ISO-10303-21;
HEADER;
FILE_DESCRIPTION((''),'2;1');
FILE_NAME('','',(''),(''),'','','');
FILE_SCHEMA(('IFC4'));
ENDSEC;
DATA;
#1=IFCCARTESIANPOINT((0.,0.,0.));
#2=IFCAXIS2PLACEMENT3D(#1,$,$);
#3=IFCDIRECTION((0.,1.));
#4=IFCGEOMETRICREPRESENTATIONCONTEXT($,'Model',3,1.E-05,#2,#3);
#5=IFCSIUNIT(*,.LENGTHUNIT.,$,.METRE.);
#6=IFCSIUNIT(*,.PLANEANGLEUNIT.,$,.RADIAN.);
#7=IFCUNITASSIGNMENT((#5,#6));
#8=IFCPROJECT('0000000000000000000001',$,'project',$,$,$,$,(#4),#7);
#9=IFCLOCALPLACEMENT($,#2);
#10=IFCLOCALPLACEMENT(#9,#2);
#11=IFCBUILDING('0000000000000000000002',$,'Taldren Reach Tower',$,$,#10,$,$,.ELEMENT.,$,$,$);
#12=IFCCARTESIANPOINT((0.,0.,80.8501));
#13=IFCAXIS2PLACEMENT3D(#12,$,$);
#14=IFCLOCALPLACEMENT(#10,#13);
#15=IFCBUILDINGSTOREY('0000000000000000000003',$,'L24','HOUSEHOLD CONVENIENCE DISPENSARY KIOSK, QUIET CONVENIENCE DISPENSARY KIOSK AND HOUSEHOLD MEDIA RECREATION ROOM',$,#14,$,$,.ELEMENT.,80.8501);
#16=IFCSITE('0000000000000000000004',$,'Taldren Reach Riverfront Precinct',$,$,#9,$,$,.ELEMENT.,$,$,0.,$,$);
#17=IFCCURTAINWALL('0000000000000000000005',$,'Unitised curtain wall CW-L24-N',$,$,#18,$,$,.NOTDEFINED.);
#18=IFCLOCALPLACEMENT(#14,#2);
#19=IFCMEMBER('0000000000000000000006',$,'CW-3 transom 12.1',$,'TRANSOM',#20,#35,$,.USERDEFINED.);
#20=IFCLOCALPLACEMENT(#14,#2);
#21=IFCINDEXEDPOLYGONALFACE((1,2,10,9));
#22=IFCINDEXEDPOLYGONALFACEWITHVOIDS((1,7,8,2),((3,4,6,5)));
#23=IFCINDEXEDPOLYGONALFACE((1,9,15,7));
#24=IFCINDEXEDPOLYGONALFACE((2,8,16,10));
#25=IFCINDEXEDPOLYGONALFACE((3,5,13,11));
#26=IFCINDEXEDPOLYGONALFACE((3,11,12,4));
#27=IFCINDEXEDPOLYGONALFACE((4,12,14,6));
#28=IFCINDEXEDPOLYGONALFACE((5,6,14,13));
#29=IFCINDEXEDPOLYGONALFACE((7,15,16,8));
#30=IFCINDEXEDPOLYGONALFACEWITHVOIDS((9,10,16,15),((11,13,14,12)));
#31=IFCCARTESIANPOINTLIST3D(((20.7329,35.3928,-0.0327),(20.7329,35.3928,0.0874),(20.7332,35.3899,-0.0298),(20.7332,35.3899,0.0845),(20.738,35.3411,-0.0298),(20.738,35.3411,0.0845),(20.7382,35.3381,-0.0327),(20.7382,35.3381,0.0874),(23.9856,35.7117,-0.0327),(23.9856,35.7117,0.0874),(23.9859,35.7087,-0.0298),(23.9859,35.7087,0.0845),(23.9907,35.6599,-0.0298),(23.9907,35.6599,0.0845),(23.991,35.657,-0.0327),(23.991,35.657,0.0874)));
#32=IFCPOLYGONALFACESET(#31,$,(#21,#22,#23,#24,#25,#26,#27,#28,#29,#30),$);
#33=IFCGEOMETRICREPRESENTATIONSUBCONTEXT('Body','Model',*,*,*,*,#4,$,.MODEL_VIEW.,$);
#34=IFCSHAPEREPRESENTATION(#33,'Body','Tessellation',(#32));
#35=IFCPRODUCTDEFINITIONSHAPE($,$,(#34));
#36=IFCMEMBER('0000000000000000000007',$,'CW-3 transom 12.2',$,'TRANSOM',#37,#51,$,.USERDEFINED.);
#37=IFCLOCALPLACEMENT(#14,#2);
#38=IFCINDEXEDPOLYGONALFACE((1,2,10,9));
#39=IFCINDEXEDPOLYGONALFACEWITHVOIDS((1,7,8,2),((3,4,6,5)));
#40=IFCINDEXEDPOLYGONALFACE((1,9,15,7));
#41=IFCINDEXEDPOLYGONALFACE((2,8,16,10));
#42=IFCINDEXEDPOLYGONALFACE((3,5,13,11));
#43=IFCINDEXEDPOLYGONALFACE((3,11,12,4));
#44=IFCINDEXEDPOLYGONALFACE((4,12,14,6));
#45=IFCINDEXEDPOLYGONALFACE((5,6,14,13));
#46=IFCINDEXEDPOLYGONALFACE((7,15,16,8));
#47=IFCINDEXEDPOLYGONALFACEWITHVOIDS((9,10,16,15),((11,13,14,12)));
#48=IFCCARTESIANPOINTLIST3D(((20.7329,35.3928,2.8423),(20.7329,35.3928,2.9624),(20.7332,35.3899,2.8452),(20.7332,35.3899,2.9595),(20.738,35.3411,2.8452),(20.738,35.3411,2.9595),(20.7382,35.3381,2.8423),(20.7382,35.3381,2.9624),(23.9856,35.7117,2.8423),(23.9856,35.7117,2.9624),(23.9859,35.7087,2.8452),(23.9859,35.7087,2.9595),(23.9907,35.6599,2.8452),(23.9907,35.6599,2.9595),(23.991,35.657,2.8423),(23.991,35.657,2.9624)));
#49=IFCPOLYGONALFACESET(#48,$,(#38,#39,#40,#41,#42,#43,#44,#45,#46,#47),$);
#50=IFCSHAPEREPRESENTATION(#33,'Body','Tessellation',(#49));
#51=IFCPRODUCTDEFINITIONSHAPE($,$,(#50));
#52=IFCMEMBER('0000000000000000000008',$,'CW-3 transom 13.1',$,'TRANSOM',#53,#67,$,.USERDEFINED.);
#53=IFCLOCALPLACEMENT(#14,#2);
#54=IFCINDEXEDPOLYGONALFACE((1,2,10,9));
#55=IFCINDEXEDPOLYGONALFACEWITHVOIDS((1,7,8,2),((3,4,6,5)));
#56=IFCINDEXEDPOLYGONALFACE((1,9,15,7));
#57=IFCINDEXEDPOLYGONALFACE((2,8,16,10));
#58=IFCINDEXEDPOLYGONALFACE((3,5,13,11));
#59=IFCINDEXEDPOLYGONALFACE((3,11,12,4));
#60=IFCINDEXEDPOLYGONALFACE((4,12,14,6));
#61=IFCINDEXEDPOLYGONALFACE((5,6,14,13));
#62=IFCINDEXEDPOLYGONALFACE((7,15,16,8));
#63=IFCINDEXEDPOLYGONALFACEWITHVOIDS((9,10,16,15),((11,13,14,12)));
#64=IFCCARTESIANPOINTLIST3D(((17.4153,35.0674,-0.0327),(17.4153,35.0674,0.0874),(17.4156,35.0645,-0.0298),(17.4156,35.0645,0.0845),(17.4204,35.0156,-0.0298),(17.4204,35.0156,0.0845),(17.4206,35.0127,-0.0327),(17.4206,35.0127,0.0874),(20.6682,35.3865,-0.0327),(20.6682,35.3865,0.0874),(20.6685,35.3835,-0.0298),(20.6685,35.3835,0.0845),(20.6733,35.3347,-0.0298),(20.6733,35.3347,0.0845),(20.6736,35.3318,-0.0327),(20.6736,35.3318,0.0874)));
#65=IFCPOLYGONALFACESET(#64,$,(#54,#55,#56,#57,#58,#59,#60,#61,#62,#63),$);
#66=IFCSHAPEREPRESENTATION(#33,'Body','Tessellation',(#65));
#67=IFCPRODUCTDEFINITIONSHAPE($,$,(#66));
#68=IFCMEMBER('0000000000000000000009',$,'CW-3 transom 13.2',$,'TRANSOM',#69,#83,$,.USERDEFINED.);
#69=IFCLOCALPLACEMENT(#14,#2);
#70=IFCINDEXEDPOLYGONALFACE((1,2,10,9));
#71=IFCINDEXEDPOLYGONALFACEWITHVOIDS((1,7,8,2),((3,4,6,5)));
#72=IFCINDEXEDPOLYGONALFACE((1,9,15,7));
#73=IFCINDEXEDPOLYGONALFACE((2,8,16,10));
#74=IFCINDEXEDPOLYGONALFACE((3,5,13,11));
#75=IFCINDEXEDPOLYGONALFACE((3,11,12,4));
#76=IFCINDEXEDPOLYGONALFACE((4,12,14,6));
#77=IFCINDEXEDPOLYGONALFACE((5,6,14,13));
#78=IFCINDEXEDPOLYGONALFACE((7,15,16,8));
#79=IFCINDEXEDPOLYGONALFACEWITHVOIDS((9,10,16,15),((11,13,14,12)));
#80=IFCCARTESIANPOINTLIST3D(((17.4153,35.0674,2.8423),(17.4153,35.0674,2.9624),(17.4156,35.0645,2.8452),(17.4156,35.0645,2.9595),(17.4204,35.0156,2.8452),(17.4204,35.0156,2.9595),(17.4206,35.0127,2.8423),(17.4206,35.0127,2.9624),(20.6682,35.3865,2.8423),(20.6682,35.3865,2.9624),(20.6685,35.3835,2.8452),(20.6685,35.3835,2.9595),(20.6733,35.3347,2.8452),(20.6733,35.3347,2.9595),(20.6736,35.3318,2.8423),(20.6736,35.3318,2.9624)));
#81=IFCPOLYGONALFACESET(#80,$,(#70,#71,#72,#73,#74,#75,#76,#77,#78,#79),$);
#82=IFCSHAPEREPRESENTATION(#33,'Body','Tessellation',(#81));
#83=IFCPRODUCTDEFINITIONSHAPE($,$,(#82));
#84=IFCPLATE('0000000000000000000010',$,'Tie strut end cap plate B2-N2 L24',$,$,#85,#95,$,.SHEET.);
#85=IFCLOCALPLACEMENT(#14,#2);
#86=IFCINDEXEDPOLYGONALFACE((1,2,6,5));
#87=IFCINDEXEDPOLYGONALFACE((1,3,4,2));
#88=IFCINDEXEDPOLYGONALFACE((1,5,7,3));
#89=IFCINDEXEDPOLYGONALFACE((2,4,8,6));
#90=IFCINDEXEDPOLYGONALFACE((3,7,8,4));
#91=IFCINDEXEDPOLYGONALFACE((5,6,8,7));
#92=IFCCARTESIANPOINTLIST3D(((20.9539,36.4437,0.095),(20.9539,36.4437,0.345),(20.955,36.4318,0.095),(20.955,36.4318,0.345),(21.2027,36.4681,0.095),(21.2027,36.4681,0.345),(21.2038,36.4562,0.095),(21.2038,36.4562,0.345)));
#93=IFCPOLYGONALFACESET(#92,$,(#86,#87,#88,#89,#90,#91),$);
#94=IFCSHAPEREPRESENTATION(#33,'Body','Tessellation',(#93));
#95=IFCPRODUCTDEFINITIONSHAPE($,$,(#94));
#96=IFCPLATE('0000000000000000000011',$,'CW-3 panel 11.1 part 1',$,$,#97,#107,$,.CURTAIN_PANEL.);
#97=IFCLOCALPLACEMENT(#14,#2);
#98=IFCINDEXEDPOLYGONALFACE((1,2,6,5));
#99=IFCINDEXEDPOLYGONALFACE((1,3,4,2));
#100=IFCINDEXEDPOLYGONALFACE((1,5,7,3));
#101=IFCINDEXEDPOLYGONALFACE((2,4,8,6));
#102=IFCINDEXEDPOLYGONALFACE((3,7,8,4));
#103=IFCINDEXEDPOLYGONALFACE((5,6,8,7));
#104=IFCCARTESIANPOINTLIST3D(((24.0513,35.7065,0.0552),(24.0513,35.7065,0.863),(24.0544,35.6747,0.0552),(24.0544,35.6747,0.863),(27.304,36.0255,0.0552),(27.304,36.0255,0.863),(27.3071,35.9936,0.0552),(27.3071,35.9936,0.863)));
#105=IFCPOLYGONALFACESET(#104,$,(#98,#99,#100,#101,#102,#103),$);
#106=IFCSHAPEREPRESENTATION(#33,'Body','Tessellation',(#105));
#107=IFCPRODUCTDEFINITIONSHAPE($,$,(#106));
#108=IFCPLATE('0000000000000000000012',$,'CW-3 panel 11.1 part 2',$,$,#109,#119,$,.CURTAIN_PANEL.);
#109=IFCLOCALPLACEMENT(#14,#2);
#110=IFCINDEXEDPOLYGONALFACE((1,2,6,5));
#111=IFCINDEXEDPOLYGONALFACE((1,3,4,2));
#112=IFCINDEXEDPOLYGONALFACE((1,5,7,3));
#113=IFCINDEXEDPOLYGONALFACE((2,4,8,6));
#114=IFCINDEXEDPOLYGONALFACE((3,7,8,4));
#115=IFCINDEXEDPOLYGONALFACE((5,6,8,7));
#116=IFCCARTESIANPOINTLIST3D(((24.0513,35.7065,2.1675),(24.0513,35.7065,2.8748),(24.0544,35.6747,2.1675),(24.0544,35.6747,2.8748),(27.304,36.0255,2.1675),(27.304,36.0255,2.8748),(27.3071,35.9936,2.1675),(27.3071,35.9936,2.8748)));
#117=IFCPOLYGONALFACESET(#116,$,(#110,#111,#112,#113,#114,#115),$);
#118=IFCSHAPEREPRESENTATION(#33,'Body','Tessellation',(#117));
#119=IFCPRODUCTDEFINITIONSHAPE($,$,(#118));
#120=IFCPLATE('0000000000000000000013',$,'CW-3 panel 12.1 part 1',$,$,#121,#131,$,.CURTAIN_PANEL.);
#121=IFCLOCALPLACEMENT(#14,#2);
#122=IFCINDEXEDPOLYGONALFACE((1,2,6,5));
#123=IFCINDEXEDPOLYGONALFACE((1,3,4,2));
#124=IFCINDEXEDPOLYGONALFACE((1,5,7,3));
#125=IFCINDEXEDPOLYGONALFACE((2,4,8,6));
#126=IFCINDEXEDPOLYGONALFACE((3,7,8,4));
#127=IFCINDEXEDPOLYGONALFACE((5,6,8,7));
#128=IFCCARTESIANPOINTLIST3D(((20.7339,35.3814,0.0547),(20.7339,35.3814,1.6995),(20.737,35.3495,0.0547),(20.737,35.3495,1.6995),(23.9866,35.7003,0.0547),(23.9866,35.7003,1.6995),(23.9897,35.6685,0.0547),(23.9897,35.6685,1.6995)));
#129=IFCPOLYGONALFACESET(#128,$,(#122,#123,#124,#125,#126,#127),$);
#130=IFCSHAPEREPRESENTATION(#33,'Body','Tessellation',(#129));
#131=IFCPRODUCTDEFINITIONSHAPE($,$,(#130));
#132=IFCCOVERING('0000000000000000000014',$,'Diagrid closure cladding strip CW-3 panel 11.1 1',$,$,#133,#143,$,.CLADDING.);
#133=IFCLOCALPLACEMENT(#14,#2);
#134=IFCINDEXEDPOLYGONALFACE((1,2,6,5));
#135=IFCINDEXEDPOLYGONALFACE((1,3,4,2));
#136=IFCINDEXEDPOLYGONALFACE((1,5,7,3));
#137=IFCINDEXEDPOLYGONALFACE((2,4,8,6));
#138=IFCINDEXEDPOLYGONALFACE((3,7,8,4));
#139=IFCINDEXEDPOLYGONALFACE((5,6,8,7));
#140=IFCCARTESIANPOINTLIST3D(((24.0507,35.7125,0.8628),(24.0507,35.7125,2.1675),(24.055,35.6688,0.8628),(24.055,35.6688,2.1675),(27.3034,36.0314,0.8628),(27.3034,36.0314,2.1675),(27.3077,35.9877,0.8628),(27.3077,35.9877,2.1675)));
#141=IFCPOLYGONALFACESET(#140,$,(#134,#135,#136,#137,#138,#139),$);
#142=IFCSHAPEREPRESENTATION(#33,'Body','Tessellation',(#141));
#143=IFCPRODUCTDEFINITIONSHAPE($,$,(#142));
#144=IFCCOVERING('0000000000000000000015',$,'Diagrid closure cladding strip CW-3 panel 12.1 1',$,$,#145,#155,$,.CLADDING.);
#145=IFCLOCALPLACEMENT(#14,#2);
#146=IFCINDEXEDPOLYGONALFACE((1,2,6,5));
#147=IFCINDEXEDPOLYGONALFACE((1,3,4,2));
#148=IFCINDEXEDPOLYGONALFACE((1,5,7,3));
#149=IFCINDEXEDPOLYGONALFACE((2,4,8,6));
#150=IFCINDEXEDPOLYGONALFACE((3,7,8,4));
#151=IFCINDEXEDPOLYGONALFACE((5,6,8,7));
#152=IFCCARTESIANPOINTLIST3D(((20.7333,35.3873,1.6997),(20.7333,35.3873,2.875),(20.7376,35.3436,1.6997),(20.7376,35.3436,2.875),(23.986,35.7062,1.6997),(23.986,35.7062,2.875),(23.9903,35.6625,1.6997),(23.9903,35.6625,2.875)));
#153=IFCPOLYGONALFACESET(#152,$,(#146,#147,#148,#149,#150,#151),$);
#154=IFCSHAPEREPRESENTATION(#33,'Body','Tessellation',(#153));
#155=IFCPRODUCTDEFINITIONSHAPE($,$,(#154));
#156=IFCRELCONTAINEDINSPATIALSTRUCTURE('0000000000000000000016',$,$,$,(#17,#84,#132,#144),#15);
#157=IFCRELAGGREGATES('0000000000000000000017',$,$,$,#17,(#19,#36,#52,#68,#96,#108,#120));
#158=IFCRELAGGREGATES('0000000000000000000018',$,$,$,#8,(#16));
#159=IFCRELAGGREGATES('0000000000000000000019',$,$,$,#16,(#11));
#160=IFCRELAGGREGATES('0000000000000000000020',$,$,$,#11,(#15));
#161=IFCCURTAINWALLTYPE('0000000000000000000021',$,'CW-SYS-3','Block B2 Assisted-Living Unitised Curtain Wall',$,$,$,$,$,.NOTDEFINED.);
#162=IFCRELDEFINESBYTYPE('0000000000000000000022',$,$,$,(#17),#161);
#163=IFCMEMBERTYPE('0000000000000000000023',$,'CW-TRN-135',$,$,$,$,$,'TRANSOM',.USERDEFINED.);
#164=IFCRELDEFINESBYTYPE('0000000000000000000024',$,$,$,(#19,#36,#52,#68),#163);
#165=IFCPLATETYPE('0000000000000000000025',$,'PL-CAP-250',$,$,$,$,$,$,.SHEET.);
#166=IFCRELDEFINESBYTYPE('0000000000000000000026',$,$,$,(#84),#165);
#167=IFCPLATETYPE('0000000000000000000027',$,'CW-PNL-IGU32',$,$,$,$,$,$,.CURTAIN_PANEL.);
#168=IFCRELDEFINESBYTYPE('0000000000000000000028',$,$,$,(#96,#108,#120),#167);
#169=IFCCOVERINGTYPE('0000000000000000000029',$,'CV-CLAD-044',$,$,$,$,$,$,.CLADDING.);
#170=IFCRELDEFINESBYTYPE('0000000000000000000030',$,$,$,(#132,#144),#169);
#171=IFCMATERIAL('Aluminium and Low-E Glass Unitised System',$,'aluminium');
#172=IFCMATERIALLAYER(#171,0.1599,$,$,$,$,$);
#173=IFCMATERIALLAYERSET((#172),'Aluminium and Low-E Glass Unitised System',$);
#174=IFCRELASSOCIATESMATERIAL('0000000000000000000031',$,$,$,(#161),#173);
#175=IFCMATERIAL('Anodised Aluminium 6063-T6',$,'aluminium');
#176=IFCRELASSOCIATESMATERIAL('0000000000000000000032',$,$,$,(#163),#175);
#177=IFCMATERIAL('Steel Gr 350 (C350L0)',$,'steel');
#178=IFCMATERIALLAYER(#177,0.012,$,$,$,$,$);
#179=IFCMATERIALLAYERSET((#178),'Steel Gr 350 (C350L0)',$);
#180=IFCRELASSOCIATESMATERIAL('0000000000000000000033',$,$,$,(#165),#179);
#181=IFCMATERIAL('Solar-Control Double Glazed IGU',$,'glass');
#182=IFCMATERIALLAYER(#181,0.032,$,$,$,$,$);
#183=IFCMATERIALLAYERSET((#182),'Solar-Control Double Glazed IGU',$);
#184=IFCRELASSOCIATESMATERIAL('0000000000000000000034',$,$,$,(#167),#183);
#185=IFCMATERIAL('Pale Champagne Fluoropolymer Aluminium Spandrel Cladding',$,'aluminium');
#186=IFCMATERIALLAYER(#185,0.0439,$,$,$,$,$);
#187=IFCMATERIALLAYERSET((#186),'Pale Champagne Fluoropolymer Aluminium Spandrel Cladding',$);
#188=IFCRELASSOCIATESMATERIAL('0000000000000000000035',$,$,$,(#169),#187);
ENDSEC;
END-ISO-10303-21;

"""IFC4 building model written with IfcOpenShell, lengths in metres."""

from ifc_helpers import new_model, si_unit, direction, frame, origin, origin_2d, place, context, subcontext, project, spatial, rectangle, hollow_rectangle, extrude, source, transform, mapped, material, layer, layer_set, material_profile, profile_set, type_object, element, aggregate, save


model = new_model("IFC4")

# Units and contexts
model_context = context("Model", 3, precision=1e-05, world=origin(), true_north=direction((0.0, 1.0)))
body_context = subcontext(model_context, "Body", "Model", "MODEL_VIEW")
ifc_project = project(units=[si_unit("LENGTHUNIT", "METRE"), si_unit("PLANEANGLEUNIT", "RADIAN")], contexts=[model_context])

# Site, building, storey
site_placement = place(None, origin())
site = spatial("IfcSite", under=ifc_project, at=site_placement, Name="Taldren Reach Riverfront Precinct", CompositionType="ELEMENT", RefElevation=0.0)
building_placement = place(site_placement, origin())
building = spatial("IfcBuilding", under=site, at=building_placement, Name="Taldren Reach Tower", CompositionType="ELEMENT")
storey_placement = place(building_placement, frame((0.0, 0.0, 80.8501)))
storey = spatial("IfcBuildingStorey", under=building, at=storey_placement, Name="L24", Description="HOUSEHOLD CONVENIENCE DISPENSARY KIOSK, QUIET CONVENIENCE DISPENSARY KIOSK AND HOUSEHOLD MEDIA RECREATION ROOM", CompositionType="ELEMENT", Elevation=80.8501)

# Shared definitions
ifc_material_1 = material(Name="Steel Gr 350 (C350L0)", Category="steel")

# Curtain wall, members
ifc_material_2 = material(Name="Aluminium and Low-E Glass Unitised System", Category="aluminium")
ifc_layer_1 = layer(ifc_material_2, 0.1599)
ifc_layer_set_1 = layer_set([ifc_layer_1], Name="Aluminium and Low-E Glass Unitised System")
curtain_wall_type = type_object("IfcCurtainWallType", Name="CW-SYS-3", Description="Block B2 Assisted-Living Unitised Curtain Wall", PredefinedType="NOTDEFINED", material=ifc_layer_set_1)
curtain_wall_placement = place(storey_placement, origin())
curtain_wall = element("IfcCurtainWall", 1, at=curtain_wall_placement, inside=storey, type_object=curtain_wall_type, Name="Unitised curtain wall CW-L24-N", PredefinedType="NOTDEFINED")
ifc_material_3 = material(Name="Anodised Aluminium 6063-T6", Category="aluminium")
ifc_material_profile_1 = material_profile(ifc_material_3, hollow_rectangle(XDim=0.0549, YDim=0.1201, WallThickness=0.0029, at=origin_2d()), Name="ALU-120x55x3RHS")
ifc_profile_set_1 = profile_set([ifc_material_profile_1], Name="Anodised Aluminium 6063-T6")
member_type_1 = type_object("IfcMemberType", Name="CW-TRN-135", ElementType="TRANSOM", PredefinedType="USERDEFINED", material=ifc_profile_set_1)
shared_shape_1 = source(origin(), body_context, "Body", "SweptSolid", [
    extrude(hollow_rectangle(XDim=0.0549, YDim=0.1201, WallThickness=0.0029, at=origin_2d()), origin(), (0.0, 0.0, 1.0), 3.2683),
])
member_1_placement = place(storey_placement, frame((23.9883, 35.6843, 0.0273), z_axis=(-0.99523, -0.097558, 0.0), x_axis=(0.097558, -0.99523, 0.0)))
member_1 = element("IfcMember", 2, at=member_1_placement, type_object=member_type_1, Name="CW-3 transom 12.1", ObjectType="TRANSOM", PredefinedType="USERDEFINED", context=body_context, shape_type="MappedRepresentation", body=[
    mapped(shared_shape_1, transform((0.0, 0.0, 0.0), scale=1.0)),
])
member_2_placement = place(storey_placement, frame((23.9883, 35.6843, 2.9023), z_axis=(-0.99523, -0.097558, 0.0), x_axis=(0.097558, -0.99523, 0.0)))
member_2 = element("IfcMember", 3, at=member_2_placement, type_object=member_type_1, Name="CW-3 transom 12.2", ObjectType="TRANSOM", PredefinedType="USERDEFINED", context=body_context, shape_type="MappedRepresentation", body=[
    mapped(shared_shape_1, transform((0.0, 0.0, 0.0), scale=1.0)),
])
shared_shape_2 = source(origin(), body_context, "Body", "SweptSolid", [
    extrude(hollow_rectangle(XDim=0.0549, YDim=0.1201, WallThickness=0.0029, at=origin_2d()), origin(), (0.0, 0.0, 1.0), 3.2686),
])
member_3_placement = place(storey_placement, frame((20.6709, 35.3591, 0.0273), z_axis=(-0.995223, -0.097625, 0.0), x_axis=(0.097625, -0.995223, 0.0)))
member_3 = element("IfcMember", 4, at=member_3_placement, type_object=member_type_1, Name="CW-3 transom 13.1", ObjectType="TRANSOM", PredefinedType="USERDEFINED", context=body_context, shape_type="MappedRepresentation", body=[
    mapped(shared_shape_2, transform((0.0, 0.0, 0.0), scale=1.0)),
])
member_4_placement = place(storey_placement, frame((20.6709, 35.3591, 2.9023), z_axis=(-0.995223, -0.097625, 0.0), x_axis=(0.097625, -0.995223, 0.0)))
member_4 = element("IfcMember", 5, at=member_4_placement, type_object=member_type_1, Name="CW-3 transom 13.2", ObjectType="TRANSOM", PredefinedType="USERDEFINED", context=body_context, shape_type="MappedRepresentation", body=[
    mapped(shared_shape_2, transform((0.0, 0.0, 0.0), scale=1.0)),
])

# Plates
ifc_layer_2 = layer(ifc_material_1, 0.012)
ifc_layer_set_2 = layer_set([ifc_layer_2], Name="Steel Gr 350 (C350L0)")
plate_type_1 = type_object("IfcPlateType", Name="PL-CAP-250", PredefinedType="SHEET", material=ifc_layer_set_2)
shared_shape_3 = source(origin(), body_context, "Body", "SweptSolid", [
    extrude(rectangle(XDim=0.25, YDim=0.012, at=origin_2d()), origin(), (0.0, 0.0, 1.0), 0.25),
])
plate_1_placement = place(storey_placement, frame((21.0789, 36.45, 0.095), z_axis=(0.0, 0.0, 1.0), x_axis=(0.995227, 0.097583, 0.0)))
element("IfcPlate", 6, at=plate_1_placement, inside=storey, type_object=plate_type_1, Name="Tie strut end cap plate B2-N2 L24", PredefinedType="SHEET", context=body_context, shape_type="MappedRepresentation", body=[
    mapped(shared_shape_3, transform((0.0, 0.0, 0.0), scale=1.0)),
])
ifc_material_4 = material(Name="Solar-Control Double Glazed IGU", Category="glass")
ifc_layer_3 = layer(ifc_material_4, 0.032)
ifc_layer_set_3 = layer_set([ifc_layer_3], Name="Solar-Control Double Glazed IGU")
plate_type_2 = type_object("IfcPlateType", Name="CW-PNL-IGU32", PredefinedType="CURTAIN_PANEL", material=ifc_layer_set_3)
shared_shape_4 = source(origin(), body_context, "Body", "SweptSolid", [
    extrude(rectangle(XDim=3.2683, YDim=0.032, at=origin_2d()), origin(), (0.0, 0.0, 1.0), 0.8079),
])
plate_2_placement = place(storey_placement, frame((25.6792, 35.8501, 0.0552), z_axis=(0.0, 0.0, 1.0), x_axis=(-0.995227, -0.097583, 0.0)))
plate_2 = element("IfcPlate", 7, at=plate_2_placement, type_object=plate_type_2, Name="CW-3 panel 11.1 part 1", PredefinedType="CURTAIN_PANEL", context=body_context, shape_type="MappedRepresentation", body=[
    mapped(shared_shape_4, transform((0.0, 0.0, 0.0), scale=1.0)),
])
shared_shape_5 = source(origin(), body_context, "Body", "SweptSolid", [
    extrude(rectangle(XDim=3.2683, YDim=0.032, at=origin_2d()), origin(), (0.0, 0.0, 1.0), 0.7073),
])
plate_3_placement = place(storey_placement, frame((25.6792, 35.8501, 2.1675), z_axis=(0.0, 0.0, 1.0), x_axis=(-0.995227, -0.097583, 0.0)))
plate_3 = element("IfcPlate", 8, at=plate_3_placement, type_object=plate_type_2, Name="CW-3 panel 11.1 part 2", PredefinedType="CURTAIN_PANEL", context=body_context, shape_type="MappedRepresentation", body=[
    mapped(shared_shape_5, transform((0.0, 0.0, 0.0), scale=1.0)),
])
shared_shape_6 = source(origin(), body_context, "Body", "SweptSolid", [
    extrude(rectangle(XDim=3.2683, YDim=0.032, at=origin_2d()), origin(), (0.0, 0.0, 1.0), 1.6448),
])
plate_4_placement = place(storey_placement, frame((22.3618, 35.5249, 0.0547), z_axis=(0.0, 0.0, 1.0), x_axis=(-0.995227, -0.097583, 0.0)))
plate_4 = element("IfcPlate", 9, at=plate_4_placement, type_object=plate_type_2, Name="CW-3 panel 12.1 part 1", PredefinedType="CURTAIN_PANEL", context=body_context, shape_type="MappedRepresentation", body=[
    mapped(shared_shape_6, transform((0.0, 0.0, 0.0), scale=1.0)),
])
aggregate(curtain_wall, [member_1, member_2, member_3, member_4, plate_2, plate_3, plate_4])

# Coverings
ifc_material_5 = material(Name="Pale Champagne Fluoropolymer Aluminium Spandrel Cladding", Category="aluminium")
ifc_layer_4 = layer(ifc_material_5, 0.0439)
ifc_layer_set_4 = layer_set([ifc_layer_4], Name="Pale Champagne Fluoropolymer Aluminium Spandrel Cladding")
covering_type = type_object("IfcCoveringType", Name="CV-CLAD-044", PredefinedType="CLADDING", material=ifc_layer_set_4)
shared_shape_7 = source(origin(), body_context, "Body", "SweptSolid", [
    extrude(rectangle(XDim=3.2683, YDim=0.0439, at=origin_2d()), origin(), (0.0, 0.0, 1.0), 1.3047),
])
covering_1_placement = place(storey_placement, frame((25.6792, 35.8501, 0.8628), z_axis=(0.0, 0.0, 1.0), x_axis=(-0.995227, -0.097583, 0.0)))
element("IfcCovering", 10, at=covering_1_placement, inside=storey, type_object=covering_type, Name="Diagrid closure cladding strip CW-3 panel 11.1 1", PredefinedType="CLADDING", context=body_context, shape_type="MappedRepresentation", body=[
    mapped(shared_shape_7, transform((0.0, 0.0, 0.0), scale=1.0)),
])
shared_shape_8 = source(origin(), body_context, "Body", "SweptSolid", [
    extrude(rectangle(XDim=3.2683, YDim=0.0439, at=origin_2d()), origin(), (0.0, 0.0, 1.0), 1.1753),
])
covering_2_placement = place(storey_placement, frame((22.3618, 35.5249, 1.6997), z_axis=(0.0, 0.0, 1.0), x_axis=(-0.995227, -0.097583, 0.0)))
element("IfcCovering", 11, at=covering_2_placement, inside=storey, type_object=covering_type, Name="Diagrid closure cladding strip CW-3 panel 12.1 1", PredefinedType="CLADDING", context=body_context, shape_type="MappedRepresentation", body=[
    mapped(shared_shape_8, transform((0.0, 0.0, 0.0), scale=1.0)),
])

save(model, "model.ifc")
